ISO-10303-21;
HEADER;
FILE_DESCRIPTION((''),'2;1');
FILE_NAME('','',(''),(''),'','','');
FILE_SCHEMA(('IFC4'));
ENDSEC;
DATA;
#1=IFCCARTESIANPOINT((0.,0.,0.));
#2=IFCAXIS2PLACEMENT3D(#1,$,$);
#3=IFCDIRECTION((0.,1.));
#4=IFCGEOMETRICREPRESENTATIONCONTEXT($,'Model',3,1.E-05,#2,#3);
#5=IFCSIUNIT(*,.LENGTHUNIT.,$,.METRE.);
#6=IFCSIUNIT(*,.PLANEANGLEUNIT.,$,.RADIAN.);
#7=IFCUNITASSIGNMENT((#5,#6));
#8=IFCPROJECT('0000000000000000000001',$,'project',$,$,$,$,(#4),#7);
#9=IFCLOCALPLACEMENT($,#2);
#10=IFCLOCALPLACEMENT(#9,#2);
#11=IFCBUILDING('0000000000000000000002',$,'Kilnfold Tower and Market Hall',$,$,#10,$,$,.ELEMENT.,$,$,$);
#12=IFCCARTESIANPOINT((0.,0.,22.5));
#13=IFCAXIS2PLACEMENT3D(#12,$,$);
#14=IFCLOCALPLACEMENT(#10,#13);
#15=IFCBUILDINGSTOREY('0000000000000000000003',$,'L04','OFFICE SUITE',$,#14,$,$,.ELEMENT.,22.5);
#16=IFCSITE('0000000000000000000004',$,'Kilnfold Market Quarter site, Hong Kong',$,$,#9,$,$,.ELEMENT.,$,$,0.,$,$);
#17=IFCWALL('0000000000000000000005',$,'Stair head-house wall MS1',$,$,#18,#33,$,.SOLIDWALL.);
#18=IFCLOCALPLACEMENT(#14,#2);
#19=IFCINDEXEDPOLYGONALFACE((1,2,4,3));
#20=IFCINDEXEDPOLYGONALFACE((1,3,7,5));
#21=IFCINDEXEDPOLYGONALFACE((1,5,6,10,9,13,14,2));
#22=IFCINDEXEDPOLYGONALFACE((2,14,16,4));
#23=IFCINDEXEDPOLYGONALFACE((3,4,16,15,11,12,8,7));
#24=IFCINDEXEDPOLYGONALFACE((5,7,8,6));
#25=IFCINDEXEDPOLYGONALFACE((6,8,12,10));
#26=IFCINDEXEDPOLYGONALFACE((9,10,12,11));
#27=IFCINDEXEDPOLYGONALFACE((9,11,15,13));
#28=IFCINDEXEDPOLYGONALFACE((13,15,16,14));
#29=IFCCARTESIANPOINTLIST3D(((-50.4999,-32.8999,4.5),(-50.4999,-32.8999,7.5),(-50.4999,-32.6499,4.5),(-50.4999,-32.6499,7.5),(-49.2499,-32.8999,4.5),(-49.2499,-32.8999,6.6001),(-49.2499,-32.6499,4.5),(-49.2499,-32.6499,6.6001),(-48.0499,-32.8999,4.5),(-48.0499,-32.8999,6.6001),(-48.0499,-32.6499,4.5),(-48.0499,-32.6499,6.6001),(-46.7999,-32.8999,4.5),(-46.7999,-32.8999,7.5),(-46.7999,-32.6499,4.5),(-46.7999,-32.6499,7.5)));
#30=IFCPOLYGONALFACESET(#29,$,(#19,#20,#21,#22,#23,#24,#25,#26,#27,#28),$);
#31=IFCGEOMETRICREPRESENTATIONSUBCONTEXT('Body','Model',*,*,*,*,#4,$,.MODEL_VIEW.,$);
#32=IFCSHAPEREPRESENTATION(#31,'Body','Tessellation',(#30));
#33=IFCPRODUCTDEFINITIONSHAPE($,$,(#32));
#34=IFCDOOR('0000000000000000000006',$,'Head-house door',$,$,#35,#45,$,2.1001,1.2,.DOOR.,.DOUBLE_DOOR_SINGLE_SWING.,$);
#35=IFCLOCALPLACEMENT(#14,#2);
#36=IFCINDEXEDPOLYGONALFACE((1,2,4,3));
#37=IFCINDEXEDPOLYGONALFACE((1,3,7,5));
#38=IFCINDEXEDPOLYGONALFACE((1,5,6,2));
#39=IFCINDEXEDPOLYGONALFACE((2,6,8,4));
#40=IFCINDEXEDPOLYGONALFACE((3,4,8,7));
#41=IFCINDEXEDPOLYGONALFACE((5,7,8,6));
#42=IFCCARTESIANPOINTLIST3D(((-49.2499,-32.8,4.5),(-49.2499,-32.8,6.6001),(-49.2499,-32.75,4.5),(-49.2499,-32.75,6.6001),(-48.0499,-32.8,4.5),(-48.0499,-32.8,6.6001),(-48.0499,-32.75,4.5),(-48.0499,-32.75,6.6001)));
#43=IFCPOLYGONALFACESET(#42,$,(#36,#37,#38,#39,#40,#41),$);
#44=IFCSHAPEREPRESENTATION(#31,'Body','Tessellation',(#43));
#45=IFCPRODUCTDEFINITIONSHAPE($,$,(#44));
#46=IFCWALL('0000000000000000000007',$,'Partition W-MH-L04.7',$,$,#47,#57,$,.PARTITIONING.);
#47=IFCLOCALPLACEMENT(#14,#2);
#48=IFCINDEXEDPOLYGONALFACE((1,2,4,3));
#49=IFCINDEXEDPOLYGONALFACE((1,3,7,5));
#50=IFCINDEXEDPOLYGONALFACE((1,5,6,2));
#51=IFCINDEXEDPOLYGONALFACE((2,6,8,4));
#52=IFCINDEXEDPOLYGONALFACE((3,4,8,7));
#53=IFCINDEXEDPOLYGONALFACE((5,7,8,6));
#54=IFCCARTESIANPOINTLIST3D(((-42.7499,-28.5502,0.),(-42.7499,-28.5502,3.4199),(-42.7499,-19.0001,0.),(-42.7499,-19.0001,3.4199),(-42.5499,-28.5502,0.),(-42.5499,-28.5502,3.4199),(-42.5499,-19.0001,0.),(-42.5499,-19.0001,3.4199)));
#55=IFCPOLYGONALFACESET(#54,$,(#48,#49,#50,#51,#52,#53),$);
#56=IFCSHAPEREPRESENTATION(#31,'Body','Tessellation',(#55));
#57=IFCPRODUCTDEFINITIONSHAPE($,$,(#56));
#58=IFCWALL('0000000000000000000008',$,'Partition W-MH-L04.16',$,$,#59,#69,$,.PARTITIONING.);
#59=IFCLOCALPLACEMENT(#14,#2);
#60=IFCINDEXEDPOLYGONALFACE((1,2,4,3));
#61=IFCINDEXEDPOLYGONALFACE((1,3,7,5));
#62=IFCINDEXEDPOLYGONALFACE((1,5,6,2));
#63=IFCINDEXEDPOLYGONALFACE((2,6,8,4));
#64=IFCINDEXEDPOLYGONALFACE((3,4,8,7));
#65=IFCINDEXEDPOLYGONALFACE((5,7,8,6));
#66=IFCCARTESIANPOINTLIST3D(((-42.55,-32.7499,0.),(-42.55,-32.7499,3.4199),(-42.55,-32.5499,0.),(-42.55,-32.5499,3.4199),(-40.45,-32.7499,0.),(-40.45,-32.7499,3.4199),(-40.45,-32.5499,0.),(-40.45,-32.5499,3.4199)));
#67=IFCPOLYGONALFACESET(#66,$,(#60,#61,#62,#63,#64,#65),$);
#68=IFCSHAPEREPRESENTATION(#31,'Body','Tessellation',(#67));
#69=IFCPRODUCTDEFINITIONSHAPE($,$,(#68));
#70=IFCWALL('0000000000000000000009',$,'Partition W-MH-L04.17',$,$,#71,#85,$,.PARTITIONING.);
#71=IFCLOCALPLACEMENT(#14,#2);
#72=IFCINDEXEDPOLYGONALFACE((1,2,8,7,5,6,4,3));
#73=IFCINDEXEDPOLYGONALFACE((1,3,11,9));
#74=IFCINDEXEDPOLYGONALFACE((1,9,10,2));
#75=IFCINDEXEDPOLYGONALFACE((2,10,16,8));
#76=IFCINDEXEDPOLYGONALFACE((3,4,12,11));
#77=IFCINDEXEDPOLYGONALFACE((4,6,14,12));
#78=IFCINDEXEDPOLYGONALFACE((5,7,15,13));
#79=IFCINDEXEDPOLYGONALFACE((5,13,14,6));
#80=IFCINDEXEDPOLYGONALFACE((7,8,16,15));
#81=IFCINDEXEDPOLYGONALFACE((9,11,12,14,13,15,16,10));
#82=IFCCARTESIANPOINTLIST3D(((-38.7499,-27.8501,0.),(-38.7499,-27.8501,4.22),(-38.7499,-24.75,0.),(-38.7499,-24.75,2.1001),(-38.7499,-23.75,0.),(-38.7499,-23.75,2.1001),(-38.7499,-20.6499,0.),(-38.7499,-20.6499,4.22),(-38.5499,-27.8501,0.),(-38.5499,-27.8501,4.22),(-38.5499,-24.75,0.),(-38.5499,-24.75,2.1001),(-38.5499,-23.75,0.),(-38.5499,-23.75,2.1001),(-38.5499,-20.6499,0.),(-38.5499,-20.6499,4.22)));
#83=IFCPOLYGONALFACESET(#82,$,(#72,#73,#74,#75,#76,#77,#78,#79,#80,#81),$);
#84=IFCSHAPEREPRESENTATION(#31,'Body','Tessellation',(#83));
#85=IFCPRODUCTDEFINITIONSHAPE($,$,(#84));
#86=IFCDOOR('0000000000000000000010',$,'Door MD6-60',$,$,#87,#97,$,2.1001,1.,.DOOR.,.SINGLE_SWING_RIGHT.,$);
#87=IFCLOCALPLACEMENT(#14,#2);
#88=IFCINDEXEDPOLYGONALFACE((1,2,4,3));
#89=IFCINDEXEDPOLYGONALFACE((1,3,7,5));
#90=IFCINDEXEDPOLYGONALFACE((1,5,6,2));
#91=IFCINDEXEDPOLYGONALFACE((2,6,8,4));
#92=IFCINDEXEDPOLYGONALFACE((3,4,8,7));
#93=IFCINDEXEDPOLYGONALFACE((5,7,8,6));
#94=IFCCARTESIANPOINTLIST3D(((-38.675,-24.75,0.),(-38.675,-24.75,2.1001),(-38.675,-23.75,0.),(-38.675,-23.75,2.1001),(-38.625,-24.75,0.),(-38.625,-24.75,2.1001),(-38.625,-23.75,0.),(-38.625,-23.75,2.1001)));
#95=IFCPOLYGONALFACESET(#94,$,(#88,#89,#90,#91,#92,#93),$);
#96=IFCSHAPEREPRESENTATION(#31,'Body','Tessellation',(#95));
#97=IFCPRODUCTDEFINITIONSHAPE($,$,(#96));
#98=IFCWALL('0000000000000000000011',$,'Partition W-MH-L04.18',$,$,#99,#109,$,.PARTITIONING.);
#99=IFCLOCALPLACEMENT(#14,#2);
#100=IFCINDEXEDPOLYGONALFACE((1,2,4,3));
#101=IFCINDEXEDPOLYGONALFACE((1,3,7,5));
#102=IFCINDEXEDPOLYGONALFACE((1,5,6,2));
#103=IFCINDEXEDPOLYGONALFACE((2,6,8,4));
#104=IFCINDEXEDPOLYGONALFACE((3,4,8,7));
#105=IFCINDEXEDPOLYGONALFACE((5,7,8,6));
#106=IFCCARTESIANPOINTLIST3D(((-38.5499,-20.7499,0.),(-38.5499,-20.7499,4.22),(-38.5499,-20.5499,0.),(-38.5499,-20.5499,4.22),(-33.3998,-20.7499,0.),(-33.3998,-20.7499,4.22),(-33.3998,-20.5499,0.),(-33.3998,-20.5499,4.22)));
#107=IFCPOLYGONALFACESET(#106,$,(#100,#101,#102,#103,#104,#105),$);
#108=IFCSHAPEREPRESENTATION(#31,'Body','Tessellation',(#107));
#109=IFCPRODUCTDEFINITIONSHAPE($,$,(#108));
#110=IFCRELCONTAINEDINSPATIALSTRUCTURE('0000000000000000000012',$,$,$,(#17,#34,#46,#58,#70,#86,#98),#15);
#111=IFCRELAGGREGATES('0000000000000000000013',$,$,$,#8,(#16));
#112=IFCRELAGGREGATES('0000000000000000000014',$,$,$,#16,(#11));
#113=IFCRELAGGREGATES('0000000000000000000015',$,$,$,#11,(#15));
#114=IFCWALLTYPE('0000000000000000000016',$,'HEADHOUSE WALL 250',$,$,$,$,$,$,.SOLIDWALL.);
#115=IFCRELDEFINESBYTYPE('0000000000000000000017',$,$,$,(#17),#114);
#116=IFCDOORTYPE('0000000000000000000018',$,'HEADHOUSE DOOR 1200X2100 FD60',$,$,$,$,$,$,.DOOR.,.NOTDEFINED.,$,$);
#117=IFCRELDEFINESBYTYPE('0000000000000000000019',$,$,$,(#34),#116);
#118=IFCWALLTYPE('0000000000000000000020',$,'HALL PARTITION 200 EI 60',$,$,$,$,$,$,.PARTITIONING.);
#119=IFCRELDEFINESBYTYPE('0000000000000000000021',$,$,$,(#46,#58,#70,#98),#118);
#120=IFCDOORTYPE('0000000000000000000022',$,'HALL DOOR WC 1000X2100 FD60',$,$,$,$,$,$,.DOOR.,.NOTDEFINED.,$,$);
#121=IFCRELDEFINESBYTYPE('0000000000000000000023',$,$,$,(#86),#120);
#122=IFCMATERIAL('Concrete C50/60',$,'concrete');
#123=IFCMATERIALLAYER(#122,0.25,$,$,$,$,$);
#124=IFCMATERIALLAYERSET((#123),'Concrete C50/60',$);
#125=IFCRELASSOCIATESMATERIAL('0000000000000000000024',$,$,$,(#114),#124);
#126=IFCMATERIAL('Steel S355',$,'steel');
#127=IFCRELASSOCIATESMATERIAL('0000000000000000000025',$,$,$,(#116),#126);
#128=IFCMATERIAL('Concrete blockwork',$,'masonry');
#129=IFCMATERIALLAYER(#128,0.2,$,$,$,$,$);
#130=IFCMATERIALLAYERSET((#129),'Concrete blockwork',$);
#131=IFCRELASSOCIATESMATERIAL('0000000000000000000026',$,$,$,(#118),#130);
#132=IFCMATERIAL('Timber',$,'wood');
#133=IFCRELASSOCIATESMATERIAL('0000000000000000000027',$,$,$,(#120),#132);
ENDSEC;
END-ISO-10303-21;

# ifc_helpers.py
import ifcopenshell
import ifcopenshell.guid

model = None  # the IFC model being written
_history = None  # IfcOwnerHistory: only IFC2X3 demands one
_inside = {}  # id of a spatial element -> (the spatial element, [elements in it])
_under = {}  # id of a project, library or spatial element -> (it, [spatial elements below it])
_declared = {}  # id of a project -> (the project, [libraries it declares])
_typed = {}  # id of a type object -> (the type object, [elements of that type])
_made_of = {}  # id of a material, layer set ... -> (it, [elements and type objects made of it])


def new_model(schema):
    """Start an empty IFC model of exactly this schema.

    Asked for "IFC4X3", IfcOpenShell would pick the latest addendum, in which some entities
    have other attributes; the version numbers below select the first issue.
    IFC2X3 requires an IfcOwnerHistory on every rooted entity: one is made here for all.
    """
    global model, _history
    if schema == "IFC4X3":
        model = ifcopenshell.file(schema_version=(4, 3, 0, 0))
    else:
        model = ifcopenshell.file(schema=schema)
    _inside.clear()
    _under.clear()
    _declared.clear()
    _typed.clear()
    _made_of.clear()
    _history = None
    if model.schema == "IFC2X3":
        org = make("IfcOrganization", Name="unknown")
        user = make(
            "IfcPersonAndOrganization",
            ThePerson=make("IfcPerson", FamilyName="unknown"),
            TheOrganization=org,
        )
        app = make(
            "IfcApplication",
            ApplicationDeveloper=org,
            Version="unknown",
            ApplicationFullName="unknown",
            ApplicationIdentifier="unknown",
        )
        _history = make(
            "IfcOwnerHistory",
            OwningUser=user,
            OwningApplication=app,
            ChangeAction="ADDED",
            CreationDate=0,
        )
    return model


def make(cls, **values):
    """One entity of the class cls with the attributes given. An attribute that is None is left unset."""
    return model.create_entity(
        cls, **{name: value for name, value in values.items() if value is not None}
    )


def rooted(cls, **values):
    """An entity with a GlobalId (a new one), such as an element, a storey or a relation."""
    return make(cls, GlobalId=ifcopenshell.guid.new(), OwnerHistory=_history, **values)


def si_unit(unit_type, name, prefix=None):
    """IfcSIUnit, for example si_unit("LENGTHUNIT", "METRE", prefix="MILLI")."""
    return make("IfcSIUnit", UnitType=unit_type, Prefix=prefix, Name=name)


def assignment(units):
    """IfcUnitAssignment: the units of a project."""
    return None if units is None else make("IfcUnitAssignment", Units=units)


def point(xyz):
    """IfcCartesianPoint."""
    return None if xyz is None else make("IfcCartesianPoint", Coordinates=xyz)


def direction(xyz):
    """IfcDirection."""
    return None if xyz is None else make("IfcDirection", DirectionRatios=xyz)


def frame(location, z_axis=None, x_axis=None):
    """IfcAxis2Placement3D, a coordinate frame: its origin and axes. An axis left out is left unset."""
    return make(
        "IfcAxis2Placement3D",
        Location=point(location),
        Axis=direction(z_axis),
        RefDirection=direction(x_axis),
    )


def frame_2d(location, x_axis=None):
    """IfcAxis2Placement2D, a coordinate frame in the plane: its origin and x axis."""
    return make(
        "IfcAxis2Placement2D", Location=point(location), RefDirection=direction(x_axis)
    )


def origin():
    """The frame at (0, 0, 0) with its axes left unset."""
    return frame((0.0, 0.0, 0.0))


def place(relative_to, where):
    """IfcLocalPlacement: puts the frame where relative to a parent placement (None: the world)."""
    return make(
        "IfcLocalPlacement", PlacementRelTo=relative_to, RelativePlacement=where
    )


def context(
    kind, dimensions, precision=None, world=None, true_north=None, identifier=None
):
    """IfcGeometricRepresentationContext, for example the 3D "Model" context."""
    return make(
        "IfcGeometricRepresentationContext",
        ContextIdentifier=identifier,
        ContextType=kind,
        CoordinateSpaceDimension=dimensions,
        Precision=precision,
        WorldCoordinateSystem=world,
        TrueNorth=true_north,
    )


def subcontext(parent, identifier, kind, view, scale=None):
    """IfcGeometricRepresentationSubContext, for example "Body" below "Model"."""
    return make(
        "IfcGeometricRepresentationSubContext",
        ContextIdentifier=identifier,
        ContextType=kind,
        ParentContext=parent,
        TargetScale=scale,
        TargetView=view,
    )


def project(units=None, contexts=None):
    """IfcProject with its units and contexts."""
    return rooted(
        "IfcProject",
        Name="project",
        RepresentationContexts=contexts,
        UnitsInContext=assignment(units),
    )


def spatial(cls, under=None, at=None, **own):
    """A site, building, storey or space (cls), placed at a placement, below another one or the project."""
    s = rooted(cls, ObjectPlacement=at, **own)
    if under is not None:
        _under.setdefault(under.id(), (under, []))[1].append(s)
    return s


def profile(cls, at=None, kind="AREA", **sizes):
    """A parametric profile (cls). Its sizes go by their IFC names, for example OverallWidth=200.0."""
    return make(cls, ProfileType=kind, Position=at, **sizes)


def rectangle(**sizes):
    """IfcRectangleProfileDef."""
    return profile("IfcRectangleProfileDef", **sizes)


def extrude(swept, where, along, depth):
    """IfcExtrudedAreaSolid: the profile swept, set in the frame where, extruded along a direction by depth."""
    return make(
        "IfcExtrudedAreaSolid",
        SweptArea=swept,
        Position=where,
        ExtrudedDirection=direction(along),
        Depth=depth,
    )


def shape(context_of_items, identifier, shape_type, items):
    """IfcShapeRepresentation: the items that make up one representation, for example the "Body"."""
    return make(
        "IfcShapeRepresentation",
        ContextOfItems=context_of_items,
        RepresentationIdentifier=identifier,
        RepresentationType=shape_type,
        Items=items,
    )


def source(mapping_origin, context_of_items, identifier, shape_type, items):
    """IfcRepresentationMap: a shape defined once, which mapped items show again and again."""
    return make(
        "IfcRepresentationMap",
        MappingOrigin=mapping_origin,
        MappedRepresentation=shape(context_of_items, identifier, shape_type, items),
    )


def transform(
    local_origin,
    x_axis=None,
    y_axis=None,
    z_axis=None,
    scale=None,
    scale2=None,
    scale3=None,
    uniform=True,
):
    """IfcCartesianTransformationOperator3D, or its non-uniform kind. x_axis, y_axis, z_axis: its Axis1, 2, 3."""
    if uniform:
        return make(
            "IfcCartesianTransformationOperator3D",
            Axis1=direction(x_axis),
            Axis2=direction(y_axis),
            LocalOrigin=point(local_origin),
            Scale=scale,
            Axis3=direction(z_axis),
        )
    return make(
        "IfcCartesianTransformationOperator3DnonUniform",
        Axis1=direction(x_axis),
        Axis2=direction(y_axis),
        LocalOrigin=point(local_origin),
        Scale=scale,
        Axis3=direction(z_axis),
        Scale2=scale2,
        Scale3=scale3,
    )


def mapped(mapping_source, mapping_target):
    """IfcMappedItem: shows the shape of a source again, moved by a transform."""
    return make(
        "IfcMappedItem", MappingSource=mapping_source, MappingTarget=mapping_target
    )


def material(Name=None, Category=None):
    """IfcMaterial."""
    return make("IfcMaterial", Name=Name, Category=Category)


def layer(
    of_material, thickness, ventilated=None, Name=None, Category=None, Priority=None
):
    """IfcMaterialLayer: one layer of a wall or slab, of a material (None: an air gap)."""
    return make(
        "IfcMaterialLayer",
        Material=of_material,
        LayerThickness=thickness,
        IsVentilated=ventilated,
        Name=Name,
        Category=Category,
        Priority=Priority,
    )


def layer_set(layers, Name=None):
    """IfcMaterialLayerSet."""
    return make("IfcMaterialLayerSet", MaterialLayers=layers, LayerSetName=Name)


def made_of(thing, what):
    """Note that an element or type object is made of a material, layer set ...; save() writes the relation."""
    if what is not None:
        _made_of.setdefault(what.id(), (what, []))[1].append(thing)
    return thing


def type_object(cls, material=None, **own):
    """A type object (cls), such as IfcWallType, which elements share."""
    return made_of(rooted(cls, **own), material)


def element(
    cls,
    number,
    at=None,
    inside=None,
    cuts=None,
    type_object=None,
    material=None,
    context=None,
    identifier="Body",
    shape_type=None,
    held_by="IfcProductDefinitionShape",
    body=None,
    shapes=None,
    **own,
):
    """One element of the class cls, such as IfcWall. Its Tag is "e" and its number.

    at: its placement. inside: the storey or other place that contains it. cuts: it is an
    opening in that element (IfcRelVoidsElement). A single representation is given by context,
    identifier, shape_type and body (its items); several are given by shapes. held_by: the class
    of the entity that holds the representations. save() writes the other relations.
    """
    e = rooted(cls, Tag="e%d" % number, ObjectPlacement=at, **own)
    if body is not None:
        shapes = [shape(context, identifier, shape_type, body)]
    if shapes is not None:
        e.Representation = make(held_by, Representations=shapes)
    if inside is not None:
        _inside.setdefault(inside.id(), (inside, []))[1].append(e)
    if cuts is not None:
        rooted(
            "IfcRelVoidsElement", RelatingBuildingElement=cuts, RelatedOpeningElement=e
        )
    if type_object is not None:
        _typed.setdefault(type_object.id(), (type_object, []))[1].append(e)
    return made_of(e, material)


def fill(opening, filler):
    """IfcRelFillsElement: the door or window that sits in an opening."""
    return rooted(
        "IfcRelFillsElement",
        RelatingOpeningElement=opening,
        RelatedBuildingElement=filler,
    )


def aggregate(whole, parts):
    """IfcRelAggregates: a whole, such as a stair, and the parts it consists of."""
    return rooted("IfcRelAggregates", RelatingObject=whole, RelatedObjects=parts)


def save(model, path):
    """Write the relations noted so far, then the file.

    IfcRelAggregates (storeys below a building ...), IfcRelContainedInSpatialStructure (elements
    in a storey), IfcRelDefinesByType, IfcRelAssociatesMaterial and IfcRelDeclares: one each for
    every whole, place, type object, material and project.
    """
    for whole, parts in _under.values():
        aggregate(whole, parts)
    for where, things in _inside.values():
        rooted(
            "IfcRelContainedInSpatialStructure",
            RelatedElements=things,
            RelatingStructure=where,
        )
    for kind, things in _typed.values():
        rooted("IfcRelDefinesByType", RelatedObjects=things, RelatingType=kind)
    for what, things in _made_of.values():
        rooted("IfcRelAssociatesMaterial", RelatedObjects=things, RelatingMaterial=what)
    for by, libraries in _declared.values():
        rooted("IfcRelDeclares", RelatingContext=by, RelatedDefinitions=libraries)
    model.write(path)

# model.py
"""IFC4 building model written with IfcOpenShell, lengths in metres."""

from ifc_helpers import new_model, si_unit, direction, frame, frame_2d, origin, place, context, subcontext, project, spatial, rectangle, extrude, source, transform, mapped, material, layer, layer_set, type_object, element, fill, save


model = new_model("IFC4")

# Units and contexts
model_context = context("Model", 3, precision=1e-05, world=origin(), true_north=direction((0.0, 1.0)))
body_context = subcontext(model_context, "Body", "Model", "MODEL_VIEW")
ifc_project = project(units=[si_unit("LENGTHUNIT", "METRE"), si_unit("PLANEANGLEUNIT", "RADIAN")], contexts=[model_context])

# Site, building, storey
site_placement = place(None, origin())
site = spatial("IfcSite", under=ifc_project, at=site_placement, Name="Kilnfold Market Quarter site, Hong Kong", CompositionType="ELEMENT", RefElevation=0.0)
building_placement = place(site_placement, origin())
building = spatial("IfcBuilding", under=site, at=building_placement, Name="Kilnfold Tower and Market Hall", CompositionType="ELEMENT")
storey_placement = place(building_placement, frame((0.0, 0.0, 22.5)))
storey = spatial("IfcBuildingStorey", under=building, at=storey_placement, Name="L04", Description="OFFICE SUITE", CompositionType="ELEMENT", Elevation=22.5)

# Wall, opening, door
ifc_material_1 = material(Name="Concrete C50/60", Category="concrete")
ifc_layer_1 = layer(ifc_material_1, 0.25)
ifc_layer_set_1 = layer_set([ifc_layer_1], Name="Concrete C50/60")
wall_type_1 = type_object("IfcWallType", Name="HEADHOUSE WALL 250", PredefinedType="SOLIDWALL", material=ifc_layer_set_1)
shared_shape_1 = source(origin(), body_context, "Body", "SweptSolid", [
    extrude(rectangle(XDim=3.7, YDim=0.25, at=frame_2d((1.8501, 0.0))), origin(), (0.0, 0.0, 1.0), 3.0),
])
wall_1_placement = place(storey_placement, frame((-50.5, -32.7749, 4.5), z_axis=(0.0, 0.0, 1.0), x_axis=(1.0, 0.0, 0.0)))
wall_1 = element("IfcWall", 1, at=wall_1_placement, inside=storey, type_object=wall_type_1, Name="Stair head-house wall MS1", PredefinedType="SOLIDWALL", context=body_context, shape_type="MappedRepresentation", body=[
    mapped(shared_shape_1, transform((0.0, 0.0, 0.0))),
])
opening_1_placement = place(wall_1_placement, frame((1.25, 0.0, 0.0)))
opening_1 = element("IfcOpeningElement", 2, at=opening_1_placement, cuts=wall_1, PredefinedType="OPENING", context=body_context, shape_type="SweptSolid", body=[
    extrude(rectangle(XDim=1.2, YDim=2.1001, at=frame_2d((0.6001, 1.05))), frame((0.0, 0.135, 0.0), z_axis=(0.0, -1.0, 0.0), x_axis=(1.0, 0.0, 0.0)), (0.0, 0.0, 1.0), 0.27),
])
ifc_material_2 = material(Name="Steel S355", Category="steel")
door_type_1 = type_object("IfcDoorType", Name="HEADHOUSE DOOR 1200X2100 FD60", OperationType="NOTDEFINED", PredefinedType="DOOR", material=ifc_material_2)
door_1_placement = place(opening_1_placement, origin())
door_1 = element("IfcDoor", 3, at=door_1_placement, inside=storey, type_object=door_type_1, Name="Head-house door", OperationType="DOUBLE_DOOR_SINGLE_SWING", OverallHeight=2.1001, OverallWidth=1.2, PredefinedType="DOOR", context=body_context, shape_type="SweptSolid", body=[
    extrude(rectangle(XDim=1.2, YDim=2.1001, at=frame_2d((0.6001, 1.05))), frame((0.0, 0.0249, 0.0), z_axis=(0.0, -1.0, 0.0), x_axis=(1.0, 0.0, 0.0)), (0.0, 0.0, 1.0), 0.05),
])
fill(opening_1, door_1)
ifc_material_3 = material(Name="Concrete blockwork", Category="masonry")
ifc_layer_2 = layer(ifc_material_3, 0.2)
ifc_layer_set_2 = layer_set([ifc_layer_2], Name="Concrete blockwork")
wall_type_2 = type_object("IfcWallType", Name="HALL PARTITION 200 EI 60", PredefinedType="PARTITIONING", material=ifc_layer_set_2)

# Walls
shared_shape_2 = source(origin(), body_context, "Body", "SweptSolid", [
    extrude(rectangle(XDim=9.55, YDim=0.2, at=frame_2d((4.7749, 0.0))), origin(), (0.0, 0.0, 1.0), 3.4199),
])
wall_2_placement = place(storey_placement, frame((-42.6499, -28.55, 0.0), z_axis=(0.0, 0.0, 1.0), x_axis=(0.0, 1.0, 0.0)))
element("IfcWall", 4, at=wall_2_placement, inside=storey, type_object=wall_type_2, Name="Partition W-MH-L04.7", PredefinedType="PARTITIONING", context=body_context, shape_type="MappedRepresentation", body=[
    mapped(shared_shape_2, transform((0.0, 0.0, 0.0))),
])
shared_shape_3 = source(origin(), body_context, "Body", "SweptSolid", [
    extrude(rectangle(XDim=2.1001, YDim=0.2, at=frame_2d((1.05, 0.0))), origin(), (0.0, 0.0, 1.0), 3.4199),
])
wall_3_placement = place(storey_placement, frame((-40.45, -32.6499, 0.0), z_axis=(0.0, 0.0, 1.0), x_axis=(-1.0, 0.0, 0.0)))
element("IfcWall", 5, at=wall_3_placement, inside=storey, type_object=wall_type_2, Name="Partition W-MH-L04.16", PredefinedType="PARTITIONING", context=body_context, shape_type="MappedRepresentation", body=[
    mapped(shared_shape_3, transform((0.0, 0.0, 0.0))),
])

# Wall, opening, door
shared_shape_4 = source(origin(), body_context, "Body", "SweptSolid", [
    extrude(rectangle(XDim=7.2002, YDim=0.2, at=frame_2d((3.6001, 0.0))), origin(), (0.0, 0.0, 1.0), 4.22),
])
wall_4_placement = place(storey_placement, frame((-38.6499, -20.6499, 0.0), z_axis=(0.0, 0.0, 1.0), x_axis=(0.0, -1.0, 0.0)))
wall_4 = element("IfcWall", 6, at=wall_4_placement, inside=storey, type_object=wall_type_2, Name="Partition W-MH-L04.17", PredefinedType="PARTITIONING", context=body_context, shape_type="MappedRepresentation", body=[
    mapped(shared_shape_4, transform((0.0, 0.0, 0.0))),
])
opening_2_placement = place(wall_4_placement, frame((3.1001, 0.0, 0.0)))
opening_2 = element("IfcOpeningElement", 7, at=opening_2_placement, cuts=wall_4, PredefinedType="OPENING", context=body_context, shape_type="SweptSolid", body=[
    extrude(rectangle(XDim=1.0, YDim=2.1001, at=frame_2d((0.5, 1.05))), frame((0.0, 0.1099, 0.0), z_axis=(0.0, -1.0, 0.0), x_axis=(1.0, 0.0, 0.0)), (0.0, 0.0, 1.0), 0.22),
])
ifc_material_4 = material(Name="Timber", Category="wood")
door_type_2 = type_object("IfcDoorType", Name="HALL DOOR WC 1000X2100 FD60", OperationType="NOTDEFINED", PredefinedType="DOOR", material=ifc_material_4)
door_2_placement = place(opening_2_placement, origin())
door_2 = element("IfcDoor", 8, at=door_2_placement, inside=storey, type_object=door_type_2, Name="Door MD6-60", OperationType="SINGLE_SWING_RIGHT", OverallHeight=2.1001, OverallWidth=1.0, PredefinedType="DOOR", context=body_context, shape_type="SweptSolid", body=[
    extrude(rectangle(XDim=1.0, YDim=2.1001, at=frame_2d((0.5, 1.05))), frame((0.0, 0.0249, 0.0), z_axis=(0.0, -1.0, 0.0), x_axis=(1.0, 0.0, 0.0)), (0.0, 0.0, 1.0), 0.05),
])
fill(opening_2, door_2)

# Wall
shared_shape_5 = source(origin(), body_context, "Body", "SweptSolid", [
    extrude(rectangle(XDim=5.1501, YDim=0.2, at=frame_2d((2.5752, 0.0))), origin(), (0.0, 0.0, 1.0), 4.22),
])
wall_5_placement = place(storey_placement, frame((-38.55, -20.6499, 0.0), z_axis=(0.0, 0.0, 1.0), x_axis=(1.0, 0.0, 0.0)))
element("IfcWall", 9, at=wall_5_placement, inside=storey, type_object=wall_type_2, Name="Partition W-MH-L04.18", PredefinedType="PARTITIONING", context=body_context, shape_type="MappedRepresentation", body=[
    mapped(shared_shape_5, transform((0.0, 0.0, 0.0))),
])

save(model, "model.ifc")
